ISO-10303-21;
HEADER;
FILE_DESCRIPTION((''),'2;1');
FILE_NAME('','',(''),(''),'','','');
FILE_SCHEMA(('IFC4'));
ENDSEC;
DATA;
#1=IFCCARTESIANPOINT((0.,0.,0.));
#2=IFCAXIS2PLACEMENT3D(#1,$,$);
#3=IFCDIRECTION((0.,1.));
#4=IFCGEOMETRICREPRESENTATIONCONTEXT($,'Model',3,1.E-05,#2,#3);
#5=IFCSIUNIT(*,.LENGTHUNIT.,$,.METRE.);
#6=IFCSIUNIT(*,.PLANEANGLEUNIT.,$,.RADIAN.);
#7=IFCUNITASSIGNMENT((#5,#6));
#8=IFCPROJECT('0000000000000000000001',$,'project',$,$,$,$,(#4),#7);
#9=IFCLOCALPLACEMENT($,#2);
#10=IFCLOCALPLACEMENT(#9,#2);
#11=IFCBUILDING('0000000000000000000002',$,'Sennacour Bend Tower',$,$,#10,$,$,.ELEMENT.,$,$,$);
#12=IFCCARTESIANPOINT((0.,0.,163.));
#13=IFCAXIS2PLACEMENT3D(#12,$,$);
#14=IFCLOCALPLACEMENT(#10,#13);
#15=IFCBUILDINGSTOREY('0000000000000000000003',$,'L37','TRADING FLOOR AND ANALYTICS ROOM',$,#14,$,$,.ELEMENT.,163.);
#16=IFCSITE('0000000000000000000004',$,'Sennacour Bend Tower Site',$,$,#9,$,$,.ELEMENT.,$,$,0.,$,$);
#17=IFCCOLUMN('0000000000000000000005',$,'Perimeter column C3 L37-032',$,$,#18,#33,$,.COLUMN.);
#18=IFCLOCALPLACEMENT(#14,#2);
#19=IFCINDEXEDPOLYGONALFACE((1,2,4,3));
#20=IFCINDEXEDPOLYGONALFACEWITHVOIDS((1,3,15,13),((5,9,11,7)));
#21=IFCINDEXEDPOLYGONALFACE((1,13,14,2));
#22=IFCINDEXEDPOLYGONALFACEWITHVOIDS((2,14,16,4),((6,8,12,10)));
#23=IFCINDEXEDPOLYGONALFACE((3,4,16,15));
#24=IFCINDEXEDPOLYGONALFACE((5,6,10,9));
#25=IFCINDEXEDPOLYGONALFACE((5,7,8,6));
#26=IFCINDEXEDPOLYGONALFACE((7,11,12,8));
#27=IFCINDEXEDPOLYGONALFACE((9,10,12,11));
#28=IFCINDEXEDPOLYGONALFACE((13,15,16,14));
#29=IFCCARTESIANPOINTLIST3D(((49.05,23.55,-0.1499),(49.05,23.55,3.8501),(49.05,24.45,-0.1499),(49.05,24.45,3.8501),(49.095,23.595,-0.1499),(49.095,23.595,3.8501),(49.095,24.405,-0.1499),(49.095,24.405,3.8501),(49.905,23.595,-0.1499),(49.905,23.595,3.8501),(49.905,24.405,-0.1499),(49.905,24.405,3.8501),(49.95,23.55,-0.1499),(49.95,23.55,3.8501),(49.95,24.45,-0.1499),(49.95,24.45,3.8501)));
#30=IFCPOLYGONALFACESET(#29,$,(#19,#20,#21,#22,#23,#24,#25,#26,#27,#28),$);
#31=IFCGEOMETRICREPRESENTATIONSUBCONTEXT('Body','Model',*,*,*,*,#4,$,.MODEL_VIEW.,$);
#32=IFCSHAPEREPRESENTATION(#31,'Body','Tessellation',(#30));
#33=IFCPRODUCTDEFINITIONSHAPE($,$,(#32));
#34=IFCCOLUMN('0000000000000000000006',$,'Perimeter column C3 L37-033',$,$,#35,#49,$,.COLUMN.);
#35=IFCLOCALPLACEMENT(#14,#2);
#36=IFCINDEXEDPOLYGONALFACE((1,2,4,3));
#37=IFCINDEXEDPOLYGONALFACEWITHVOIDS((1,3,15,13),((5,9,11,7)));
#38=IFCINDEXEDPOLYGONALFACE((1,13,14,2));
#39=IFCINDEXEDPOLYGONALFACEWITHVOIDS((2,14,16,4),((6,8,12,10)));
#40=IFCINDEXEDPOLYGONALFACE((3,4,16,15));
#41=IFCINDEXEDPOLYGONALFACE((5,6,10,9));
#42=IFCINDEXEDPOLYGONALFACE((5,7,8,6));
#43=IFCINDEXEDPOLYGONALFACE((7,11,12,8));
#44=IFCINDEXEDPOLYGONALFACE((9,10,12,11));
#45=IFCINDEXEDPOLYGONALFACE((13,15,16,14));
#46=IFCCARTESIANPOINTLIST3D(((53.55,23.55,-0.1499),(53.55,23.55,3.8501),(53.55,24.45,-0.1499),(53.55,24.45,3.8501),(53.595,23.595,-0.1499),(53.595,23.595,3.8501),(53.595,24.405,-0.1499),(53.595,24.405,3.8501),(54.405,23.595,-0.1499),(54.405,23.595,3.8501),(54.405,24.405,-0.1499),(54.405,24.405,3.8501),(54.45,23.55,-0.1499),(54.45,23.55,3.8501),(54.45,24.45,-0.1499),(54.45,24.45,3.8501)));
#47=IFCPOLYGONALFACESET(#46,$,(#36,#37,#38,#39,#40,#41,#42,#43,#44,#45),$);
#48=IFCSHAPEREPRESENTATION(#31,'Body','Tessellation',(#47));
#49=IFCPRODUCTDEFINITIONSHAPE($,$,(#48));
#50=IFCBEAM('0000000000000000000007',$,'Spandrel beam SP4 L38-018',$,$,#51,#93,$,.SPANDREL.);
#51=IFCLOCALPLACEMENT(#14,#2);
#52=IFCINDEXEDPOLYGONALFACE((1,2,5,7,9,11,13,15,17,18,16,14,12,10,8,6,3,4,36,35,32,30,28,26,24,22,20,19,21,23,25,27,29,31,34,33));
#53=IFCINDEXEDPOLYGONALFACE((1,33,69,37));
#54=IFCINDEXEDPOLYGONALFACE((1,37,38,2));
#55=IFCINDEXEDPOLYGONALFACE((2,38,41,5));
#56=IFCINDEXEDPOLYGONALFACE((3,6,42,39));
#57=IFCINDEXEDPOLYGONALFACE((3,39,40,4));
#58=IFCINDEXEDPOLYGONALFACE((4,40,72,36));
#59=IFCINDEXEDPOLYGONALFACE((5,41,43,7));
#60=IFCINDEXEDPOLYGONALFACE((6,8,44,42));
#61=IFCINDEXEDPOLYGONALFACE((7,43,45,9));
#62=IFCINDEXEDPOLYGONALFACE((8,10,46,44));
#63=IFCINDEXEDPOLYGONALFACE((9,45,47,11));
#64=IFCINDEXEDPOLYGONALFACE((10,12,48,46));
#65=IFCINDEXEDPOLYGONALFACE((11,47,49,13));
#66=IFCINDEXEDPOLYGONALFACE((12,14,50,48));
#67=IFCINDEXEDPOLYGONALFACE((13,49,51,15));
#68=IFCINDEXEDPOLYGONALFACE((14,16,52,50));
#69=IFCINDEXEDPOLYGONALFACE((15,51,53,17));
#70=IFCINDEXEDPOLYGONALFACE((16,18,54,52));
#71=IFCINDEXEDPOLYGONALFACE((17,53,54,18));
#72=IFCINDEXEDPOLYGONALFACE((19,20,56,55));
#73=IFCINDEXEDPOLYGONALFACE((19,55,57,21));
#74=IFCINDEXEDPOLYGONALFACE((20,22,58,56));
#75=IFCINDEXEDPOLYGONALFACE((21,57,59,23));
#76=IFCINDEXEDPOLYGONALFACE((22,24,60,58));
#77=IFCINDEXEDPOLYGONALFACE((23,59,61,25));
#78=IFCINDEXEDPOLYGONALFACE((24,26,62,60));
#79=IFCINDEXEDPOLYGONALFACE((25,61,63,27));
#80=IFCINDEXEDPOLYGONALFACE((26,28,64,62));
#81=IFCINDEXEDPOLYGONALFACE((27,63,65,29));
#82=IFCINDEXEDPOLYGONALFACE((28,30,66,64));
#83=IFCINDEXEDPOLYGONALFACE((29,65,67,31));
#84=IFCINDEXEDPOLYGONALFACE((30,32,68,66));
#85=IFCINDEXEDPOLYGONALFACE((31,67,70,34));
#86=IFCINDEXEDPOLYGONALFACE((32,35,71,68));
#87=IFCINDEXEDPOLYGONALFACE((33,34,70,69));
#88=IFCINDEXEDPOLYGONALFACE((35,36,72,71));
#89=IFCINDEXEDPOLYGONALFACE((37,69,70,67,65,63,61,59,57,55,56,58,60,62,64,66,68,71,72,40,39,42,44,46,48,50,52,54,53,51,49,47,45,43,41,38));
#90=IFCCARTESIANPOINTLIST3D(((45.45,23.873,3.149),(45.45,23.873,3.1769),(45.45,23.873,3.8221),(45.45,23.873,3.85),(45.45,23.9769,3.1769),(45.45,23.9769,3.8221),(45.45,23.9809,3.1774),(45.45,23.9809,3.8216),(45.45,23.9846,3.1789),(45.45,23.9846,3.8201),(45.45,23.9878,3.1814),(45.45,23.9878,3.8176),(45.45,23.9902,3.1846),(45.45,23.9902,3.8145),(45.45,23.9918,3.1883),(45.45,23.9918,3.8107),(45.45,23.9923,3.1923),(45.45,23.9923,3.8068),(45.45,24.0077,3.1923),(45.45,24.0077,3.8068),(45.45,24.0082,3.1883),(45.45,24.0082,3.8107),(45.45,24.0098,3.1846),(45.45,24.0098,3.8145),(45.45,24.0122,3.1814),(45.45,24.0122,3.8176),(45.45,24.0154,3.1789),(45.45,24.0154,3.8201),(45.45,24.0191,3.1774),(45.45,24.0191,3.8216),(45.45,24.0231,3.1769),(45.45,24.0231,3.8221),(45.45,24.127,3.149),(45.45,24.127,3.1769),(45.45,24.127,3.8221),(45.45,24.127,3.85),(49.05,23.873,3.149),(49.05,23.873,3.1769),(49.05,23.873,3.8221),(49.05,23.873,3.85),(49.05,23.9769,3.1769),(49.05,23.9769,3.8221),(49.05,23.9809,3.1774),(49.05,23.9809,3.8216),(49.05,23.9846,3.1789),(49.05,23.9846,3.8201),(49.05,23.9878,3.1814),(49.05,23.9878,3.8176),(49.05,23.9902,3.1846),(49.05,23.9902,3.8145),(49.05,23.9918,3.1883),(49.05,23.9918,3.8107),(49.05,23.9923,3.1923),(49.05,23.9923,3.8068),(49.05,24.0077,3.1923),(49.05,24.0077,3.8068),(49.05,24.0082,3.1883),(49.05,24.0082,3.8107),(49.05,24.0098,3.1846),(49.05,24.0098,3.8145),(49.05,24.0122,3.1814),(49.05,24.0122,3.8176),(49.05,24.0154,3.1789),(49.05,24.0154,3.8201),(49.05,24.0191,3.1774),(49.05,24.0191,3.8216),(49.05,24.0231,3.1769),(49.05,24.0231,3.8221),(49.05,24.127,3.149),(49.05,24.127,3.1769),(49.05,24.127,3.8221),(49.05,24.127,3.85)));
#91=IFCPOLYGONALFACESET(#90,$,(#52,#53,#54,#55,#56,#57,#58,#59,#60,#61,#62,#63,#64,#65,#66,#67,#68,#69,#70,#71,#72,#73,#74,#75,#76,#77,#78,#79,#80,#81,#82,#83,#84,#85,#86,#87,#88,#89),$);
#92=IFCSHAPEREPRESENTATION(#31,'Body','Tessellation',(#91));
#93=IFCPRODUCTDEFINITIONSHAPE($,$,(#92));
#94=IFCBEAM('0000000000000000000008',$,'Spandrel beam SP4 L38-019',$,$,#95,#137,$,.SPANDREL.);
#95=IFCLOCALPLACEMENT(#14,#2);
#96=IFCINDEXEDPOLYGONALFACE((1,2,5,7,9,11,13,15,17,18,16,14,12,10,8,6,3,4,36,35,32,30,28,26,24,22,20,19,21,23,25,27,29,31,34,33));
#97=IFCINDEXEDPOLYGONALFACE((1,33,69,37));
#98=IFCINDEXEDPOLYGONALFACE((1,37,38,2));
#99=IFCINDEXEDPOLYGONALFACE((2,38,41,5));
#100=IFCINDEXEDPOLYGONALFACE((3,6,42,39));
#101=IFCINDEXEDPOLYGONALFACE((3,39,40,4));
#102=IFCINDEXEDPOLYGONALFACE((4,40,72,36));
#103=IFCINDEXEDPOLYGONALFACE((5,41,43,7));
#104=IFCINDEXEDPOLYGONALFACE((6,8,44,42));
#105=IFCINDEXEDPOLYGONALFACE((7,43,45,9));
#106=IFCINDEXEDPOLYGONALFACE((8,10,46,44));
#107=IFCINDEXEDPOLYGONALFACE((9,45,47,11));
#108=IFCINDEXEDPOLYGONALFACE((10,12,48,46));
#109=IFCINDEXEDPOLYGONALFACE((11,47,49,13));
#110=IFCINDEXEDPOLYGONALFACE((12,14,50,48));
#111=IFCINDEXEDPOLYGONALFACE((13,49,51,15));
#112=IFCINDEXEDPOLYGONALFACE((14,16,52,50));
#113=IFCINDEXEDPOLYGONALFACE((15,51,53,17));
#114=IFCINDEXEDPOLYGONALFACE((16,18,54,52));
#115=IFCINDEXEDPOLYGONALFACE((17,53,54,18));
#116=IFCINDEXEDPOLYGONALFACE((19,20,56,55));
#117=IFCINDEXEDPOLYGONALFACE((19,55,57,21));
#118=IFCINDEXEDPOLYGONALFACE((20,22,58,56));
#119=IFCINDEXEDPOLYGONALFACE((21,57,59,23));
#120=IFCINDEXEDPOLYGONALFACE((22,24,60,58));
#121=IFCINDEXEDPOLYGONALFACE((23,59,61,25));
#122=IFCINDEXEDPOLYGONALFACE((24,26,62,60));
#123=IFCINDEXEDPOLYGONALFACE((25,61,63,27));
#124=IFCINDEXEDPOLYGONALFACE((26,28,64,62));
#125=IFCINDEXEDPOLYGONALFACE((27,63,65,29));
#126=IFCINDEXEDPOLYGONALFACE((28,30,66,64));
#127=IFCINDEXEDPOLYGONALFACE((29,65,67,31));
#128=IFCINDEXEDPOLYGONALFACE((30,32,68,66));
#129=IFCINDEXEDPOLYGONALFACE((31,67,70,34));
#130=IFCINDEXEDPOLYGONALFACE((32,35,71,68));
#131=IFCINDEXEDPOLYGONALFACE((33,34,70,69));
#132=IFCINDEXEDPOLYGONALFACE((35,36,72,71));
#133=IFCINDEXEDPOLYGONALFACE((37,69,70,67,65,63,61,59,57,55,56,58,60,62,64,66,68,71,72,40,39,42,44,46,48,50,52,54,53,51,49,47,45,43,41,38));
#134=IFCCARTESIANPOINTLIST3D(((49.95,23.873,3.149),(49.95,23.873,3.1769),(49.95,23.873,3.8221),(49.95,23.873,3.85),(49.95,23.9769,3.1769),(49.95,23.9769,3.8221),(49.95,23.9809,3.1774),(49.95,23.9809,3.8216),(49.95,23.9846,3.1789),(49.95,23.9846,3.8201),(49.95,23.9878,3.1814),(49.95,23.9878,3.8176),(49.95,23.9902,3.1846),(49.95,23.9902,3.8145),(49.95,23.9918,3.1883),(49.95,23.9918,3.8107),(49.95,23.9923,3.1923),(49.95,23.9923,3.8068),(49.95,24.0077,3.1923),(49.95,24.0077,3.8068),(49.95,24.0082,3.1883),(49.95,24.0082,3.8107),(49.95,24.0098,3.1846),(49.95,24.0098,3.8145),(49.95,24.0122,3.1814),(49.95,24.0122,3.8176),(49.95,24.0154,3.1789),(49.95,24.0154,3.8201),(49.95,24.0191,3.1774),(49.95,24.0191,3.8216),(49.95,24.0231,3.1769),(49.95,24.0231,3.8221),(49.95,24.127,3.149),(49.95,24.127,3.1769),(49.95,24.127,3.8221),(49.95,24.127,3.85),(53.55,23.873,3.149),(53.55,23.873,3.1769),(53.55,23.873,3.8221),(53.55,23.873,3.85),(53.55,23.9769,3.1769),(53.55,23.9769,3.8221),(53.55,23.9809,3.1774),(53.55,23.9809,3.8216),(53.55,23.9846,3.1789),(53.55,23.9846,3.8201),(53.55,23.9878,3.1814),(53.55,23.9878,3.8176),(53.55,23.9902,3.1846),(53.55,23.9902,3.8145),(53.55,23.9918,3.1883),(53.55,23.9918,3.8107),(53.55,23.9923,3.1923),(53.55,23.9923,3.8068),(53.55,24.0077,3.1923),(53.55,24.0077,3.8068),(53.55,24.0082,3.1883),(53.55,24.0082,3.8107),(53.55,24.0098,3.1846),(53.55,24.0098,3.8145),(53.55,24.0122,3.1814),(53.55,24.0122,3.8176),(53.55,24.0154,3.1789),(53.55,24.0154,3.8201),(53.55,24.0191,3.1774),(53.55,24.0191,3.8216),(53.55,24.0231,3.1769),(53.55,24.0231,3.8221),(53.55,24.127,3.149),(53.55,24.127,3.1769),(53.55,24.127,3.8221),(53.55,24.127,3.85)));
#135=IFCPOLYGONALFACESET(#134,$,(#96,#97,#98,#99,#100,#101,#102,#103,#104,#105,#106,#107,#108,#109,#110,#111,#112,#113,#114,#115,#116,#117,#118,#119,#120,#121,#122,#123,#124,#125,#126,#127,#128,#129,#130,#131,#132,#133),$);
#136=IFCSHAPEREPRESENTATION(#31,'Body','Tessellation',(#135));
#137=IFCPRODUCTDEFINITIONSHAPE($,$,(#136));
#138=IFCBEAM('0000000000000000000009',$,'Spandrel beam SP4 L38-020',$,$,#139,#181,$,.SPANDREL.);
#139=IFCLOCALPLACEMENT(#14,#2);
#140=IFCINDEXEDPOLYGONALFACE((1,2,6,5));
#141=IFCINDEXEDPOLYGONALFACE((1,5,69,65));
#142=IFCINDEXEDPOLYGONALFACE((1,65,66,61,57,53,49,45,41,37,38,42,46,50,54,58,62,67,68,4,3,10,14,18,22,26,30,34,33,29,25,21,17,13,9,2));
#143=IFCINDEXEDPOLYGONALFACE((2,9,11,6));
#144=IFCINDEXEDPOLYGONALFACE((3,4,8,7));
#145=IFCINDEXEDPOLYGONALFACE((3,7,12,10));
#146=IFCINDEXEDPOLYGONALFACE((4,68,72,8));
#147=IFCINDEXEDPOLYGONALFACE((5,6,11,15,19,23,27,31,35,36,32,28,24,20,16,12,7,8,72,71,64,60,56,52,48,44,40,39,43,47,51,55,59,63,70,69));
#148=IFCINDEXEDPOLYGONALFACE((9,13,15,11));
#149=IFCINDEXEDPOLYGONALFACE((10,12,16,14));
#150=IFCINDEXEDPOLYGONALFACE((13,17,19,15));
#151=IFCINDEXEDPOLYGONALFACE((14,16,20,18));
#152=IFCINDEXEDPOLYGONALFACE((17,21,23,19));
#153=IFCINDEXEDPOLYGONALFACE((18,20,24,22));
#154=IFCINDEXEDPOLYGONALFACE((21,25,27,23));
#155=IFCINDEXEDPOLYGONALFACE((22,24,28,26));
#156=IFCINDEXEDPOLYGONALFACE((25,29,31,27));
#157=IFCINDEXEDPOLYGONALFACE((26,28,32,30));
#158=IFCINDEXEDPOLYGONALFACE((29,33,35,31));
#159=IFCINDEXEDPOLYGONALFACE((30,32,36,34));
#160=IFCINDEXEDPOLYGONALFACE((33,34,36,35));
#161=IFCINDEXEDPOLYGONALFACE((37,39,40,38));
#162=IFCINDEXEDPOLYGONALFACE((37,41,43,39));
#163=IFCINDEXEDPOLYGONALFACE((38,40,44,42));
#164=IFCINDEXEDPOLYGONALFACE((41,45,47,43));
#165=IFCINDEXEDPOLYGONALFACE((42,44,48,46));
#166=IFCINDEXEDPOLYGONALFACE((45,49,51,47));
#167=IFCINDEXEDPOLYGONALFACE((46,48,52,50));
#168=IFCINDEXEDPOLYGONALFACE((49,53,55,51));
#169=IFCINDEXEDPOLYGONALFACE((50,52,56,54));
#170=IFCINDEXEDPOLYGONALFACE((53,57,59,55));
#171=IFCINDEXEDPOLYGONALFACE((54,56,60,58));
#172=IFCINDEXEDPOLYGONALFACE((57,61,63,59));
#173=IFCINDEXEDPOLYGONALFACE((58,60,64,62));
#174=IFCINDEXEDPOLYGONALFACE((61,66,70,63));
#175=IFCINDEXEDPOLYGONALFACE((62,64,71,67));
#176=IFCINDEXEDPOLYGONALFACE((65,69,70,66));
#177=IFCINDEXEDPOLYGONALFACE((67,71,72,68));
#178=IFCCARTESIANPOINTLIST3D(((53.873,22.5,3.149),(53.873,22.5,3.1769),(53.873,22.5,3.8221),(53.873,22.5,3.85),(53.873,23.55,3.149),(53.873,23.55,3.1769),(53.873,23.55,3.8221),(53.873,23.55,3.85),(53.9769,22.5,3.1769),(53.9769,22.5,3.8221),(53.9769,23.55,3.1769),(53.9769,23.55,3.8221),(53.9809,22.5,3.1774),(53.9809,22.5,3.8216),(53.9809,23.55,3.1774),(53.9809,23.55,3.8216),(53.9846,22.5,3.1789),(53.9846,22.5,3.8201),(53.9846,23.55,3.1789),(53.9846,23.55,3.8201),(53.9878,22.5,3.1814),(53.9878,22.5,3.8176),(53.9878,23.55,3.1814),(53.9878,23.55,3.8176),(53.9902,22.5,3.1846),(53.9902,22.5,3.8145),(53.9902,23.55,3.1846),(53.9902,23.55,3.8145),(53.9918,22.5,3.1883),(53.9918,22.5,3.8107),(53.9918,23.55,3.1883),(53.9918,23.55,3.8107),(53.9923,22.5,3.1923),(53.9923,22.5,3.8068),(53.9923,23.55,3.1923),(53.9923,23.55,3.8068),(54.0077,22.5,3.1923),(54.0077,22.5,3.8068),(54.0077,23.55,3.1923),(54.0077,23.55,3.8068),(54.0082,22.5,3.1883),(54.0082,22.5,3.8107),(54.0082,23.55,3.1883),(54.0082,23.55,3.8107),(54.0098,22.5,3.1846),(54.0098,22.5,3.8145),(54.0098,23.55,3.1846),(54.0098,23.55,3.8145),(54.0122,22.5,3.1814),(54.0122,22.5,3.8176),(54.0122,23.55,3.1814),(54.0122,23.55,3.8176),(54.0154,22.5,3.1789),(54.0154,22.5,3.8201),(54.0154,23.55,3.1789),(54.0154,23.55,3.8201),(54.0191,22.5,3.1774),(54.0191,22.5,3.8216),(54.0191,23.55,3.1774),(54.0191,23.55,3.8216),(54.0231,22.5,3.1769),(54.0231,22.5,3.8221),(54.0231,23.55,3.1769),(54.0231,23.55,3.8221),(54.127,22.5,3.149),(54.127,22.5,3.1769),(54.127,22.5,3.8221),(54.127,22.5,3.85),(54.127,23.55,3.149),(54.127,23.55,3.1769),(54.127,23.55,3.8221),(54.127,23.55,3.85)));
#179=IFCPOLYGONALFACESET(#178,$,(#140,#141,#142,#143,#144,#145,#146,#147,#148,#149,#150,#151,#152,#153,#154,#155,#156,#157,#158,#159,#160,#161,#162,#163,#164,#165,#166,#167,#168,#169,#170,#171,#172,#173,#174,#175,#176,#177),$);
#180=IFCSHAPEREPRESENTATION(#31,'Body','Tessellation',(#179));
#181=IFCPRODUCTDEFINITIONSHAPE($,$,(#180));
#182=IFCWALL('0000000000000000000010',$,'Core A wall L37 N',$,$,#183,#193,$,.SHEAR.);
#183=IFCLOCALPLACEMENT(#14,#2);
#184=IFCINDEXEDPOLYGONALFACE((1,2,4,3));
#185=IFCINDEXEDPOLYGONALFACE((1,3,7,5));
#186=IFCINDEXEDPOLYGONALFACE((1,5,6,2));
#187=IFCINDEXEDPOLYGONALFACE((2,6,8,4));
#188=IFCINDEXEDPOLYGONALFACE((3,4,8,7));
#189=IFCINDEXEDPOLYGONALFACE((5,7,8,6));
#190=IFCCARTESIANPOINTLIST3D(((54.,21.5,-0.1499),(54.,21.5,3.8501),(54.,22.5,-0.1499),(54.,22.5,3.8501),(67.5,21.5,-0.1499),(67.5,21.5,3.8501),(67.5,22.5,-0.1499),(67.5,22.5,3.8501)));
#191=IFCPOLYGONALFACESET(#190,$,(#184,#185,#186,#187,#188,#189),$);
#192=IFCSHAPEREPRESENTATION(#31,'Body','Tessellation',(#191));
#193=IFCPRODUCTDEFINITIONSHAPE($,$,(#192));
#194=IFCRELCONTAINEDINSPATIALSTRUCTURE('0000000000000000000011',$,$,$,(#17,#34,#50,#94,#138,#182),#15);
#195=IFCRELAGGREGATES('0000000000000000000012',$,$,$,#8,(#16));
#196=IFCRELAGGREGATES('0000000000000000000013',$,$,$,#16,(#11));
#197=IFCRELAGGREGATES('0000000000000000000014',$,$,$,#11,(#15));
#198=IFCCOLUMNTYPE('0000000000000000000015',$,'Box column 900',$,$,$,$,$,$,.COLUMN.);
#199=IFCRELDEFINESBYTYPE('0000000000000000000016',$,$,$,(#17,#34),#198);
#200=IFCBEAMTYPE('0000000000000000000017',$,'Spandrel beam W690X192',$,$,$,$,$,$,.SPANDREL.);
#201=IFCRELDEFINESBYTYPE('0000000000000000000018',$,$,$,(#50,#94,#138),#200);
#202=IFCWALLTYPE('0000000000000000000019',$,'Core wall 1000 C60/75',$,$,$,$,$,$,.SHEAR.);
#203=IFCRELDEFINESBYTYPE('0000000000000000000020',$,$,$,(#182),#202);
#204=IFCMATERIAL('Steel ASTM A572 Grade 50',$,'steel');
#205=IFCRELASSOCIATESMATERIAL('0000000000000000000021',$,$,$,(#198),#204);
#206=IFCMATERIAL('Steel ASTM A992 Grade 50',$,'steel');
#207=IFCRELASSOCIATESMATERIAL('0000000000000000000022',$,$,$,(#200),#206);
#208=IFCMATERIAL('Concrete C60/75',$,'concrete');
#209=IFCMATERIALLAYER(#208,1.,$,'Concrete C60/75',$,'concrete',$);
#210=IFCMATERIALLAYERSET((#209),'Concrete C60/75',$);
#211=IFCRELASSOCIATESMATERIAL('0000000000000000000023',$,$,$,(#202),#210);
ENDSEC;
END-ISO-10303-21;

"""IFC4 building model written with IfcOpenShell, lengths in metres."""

from ifc_helpers import new_model, si_unit, direction, frame, frame_2d, origin, origin_2d, place, context, subcontext, project, spatial, rectangle, hollow_rectangle, i_section, extrude, material, layer, layer_set, material_profile, profile_set, type_object, element, save


model = new_model("IFC4")

# Units and contexts
model_context = context("Model", 3, precision=1e-05, world=origin(), true_north=direction((0.0, 1.0)))
body_context = subcontext(model_context, "Body", "Model", "MODEL_VIEW")
ifc_project = project(units=[si_unit("LENGTHUNIT", "METRE"), si_unit("PLANEANGLEUNIT", "RADIAN")], contexts=[model_context])

# Site, building, storey
site_placement = place(None, origin())
site = spatial("IfcSite", under=ifc_project, at=site_placement, Name="Sennacour Bend Tower Site", CompositionType="ELEMENT", RefElevation=0.0)
building_placement = place(site_placement, origin())
building = spatial("IfcBuilding", under=site, at=building_placement, Name="Sennacour Bend Tower", CompositionType="ELEMENT")
storey_placement = place(building_placement, frame((0.0, 0.0, 163.0)))
storey = spatial("IfcBuildingStorey", under=building, at=storey_placement, Name="L37", Description="TRADING FLOOR AND ANALYTICS ROOM", CompositionType="ELEMENT", Elevation=163.0)

# Columns
ifc_material_1 = material(Name="Steel ASTM A572 Grade 50", Category="steel")
ifc_material_profile_1 = material_profile(ifc_material_1, hollow_rectangle(XDim=0.8999, YDim=0.8999, WallThickness=0.0449, at=origin_2d()), Name="Steel ASTM A572 Grade 50", Category="steel")
ifc_profile_set_1 = profile_set([ifc_material_profile_1], Name="Steel ASTM A572 Grade 50")
column_type = type_object("IfcColumnType", Name="Box column 900", PredefinedType="COLUMN", material=ifc_profile_set_1)
for number, where, z_axis, x_axis, name in (
    (1, (49.5, 24.0, -0.1499), (0.0, 0.0, 1.0), (1.0, 0.0, 0.0), "Perimeter column C3 L37-032"),
    (2, (54.0, 24.0, -0.1499), (0.0, 0.0, 1.0), (1.0, 0.0, 0.0), "Perimeter column C3 L37-033"),
):
    element("IfcColumn", number, at=place(storey_placement, frame(where, z_axis=z_axis, x_axis=x_axis)), inside=storey, type_object=column_type, Name=name, PredefinedType="COLUMN", context=body_context, shape_type="SweptSolid", body=[
        extrude(hollow_rectangle(XDim=0.8999, YDim=0.8999, WallThickness=0.0449, at=origin_2d()), origin(), (0.0, 0.0, 1.0), 4.0),
    ])

# Beams
ifc_material_2 = material(Name="Steel ASTM A992 Grade 50", Category="steel")
ifc_material_profile_2 = material_profile(ifc_material_2, i_section(OverallWidth=0.2539, OverallDepth=0.7009, WebThickness=0.0154, FlangeThickness=0.0278, FilletRadius=0.0154, at=origin_2d()), Name="Steel ASTM A992 Grade 50", Category="steel")
ifc_profile_set_2 = profile_set([ifc_material_profile_2], Name="Steel ASTM A992 Grade 50")
beam_type = type_object("IfcBeamType", Name="Spandrel beam W690X192", PredefinedType="SPANDREL", material=ifc_profile_set_2)
for number, where, z_axis, x_axis, name in (
    (3, (45.45, 24.0, 3.4995), (1.0, 0.0, 0.0), (0.0, 1.0, 0.0), "Spandrel beam SP4 L38-018"),
    (4, (49.95, 24.0, 3.4995), (1.0, 0.0, 0.0), (0.0, 1.0, 0.0), "Spandrel beam SP4 L38-019"),
):
    element("IfcBeam", number, at=place(storey_placement, frame(where, z_axis=z_axis, x_axis=x_axis)), inside=storey, type_object=beam_type, Name=name, PredefinedType="SPANDREL", context=body_context, shape_type="SweptSolid", body=[
        extrude(i_section(OverallWidth=0.2539, OverallDepth=0.7009, WebThickness=0.0154, FlangeThickness=0.0278, FilletRadius=0.0154, at=origin_2d()), origin(), (0.0, 0.0, 1.0), 3.6001),
    ])
beam_placement = place(storey_placement, frame((54.0, 23.55, 3.4995), z_axis=(0.0, -1.0, 0.0), x_axis=(1.0, 0.0, 0.0)))
element("IfcBeam", 5, at=beam_placement, inside=storey, type_object=beam_type, Name="Spandrel beam SP4 L38-020", PredefinedType="SPANDREL", context=body_context, shape_type="SweptSolid", body=[
    extrude(i_section(OverallWidth=0.2539, OverallDepth=0.7009, WebThickness=0.0154, FlangeThickness=0.0278, FilletRadius=0.0154, at=origin_2d()), origin(), (0.0, 0.0, 1.0), 1.05),
])

# Wall
ifc_material_3 = material(Name="Concrete C60/75", Category="concrete")
ifc_layer_1 = layer(ifc_material_3, 1.0, Name="Concrete C60/75", Category="concrete")
ifc_layer_set_1 = layer_set([ifc_layer_1], Name="Concrete C60/75")
wall_type_1 = type_object("IfcWallType", Name="Core wall 1000 C60/75", PredefinedType="SHEAR", material=ifc_layer_set_1)
wall_1_placement = place(storey_placement, frame((54.0, 22.0, -0.1499), z_axis=(0.0, 0.0, 1.0), x_axis=(1.0, 0.0, 0.0)))
element("IfcWall", 6, at=wall_1_placement, inside=storey, type_object=wall_type_1, Name="Core A wall L37 N", PredefinedType="SHEAR", context=body_context, shape_type="SweptSolid", body=[
    extrude(rectangle(XDim=13.5, YDim=1.0, at=frame_2d((6.75, 0.0))), origin(), (0.0, 0.0, 1.0), 4.0),
])

save(model, "model.ifc")
